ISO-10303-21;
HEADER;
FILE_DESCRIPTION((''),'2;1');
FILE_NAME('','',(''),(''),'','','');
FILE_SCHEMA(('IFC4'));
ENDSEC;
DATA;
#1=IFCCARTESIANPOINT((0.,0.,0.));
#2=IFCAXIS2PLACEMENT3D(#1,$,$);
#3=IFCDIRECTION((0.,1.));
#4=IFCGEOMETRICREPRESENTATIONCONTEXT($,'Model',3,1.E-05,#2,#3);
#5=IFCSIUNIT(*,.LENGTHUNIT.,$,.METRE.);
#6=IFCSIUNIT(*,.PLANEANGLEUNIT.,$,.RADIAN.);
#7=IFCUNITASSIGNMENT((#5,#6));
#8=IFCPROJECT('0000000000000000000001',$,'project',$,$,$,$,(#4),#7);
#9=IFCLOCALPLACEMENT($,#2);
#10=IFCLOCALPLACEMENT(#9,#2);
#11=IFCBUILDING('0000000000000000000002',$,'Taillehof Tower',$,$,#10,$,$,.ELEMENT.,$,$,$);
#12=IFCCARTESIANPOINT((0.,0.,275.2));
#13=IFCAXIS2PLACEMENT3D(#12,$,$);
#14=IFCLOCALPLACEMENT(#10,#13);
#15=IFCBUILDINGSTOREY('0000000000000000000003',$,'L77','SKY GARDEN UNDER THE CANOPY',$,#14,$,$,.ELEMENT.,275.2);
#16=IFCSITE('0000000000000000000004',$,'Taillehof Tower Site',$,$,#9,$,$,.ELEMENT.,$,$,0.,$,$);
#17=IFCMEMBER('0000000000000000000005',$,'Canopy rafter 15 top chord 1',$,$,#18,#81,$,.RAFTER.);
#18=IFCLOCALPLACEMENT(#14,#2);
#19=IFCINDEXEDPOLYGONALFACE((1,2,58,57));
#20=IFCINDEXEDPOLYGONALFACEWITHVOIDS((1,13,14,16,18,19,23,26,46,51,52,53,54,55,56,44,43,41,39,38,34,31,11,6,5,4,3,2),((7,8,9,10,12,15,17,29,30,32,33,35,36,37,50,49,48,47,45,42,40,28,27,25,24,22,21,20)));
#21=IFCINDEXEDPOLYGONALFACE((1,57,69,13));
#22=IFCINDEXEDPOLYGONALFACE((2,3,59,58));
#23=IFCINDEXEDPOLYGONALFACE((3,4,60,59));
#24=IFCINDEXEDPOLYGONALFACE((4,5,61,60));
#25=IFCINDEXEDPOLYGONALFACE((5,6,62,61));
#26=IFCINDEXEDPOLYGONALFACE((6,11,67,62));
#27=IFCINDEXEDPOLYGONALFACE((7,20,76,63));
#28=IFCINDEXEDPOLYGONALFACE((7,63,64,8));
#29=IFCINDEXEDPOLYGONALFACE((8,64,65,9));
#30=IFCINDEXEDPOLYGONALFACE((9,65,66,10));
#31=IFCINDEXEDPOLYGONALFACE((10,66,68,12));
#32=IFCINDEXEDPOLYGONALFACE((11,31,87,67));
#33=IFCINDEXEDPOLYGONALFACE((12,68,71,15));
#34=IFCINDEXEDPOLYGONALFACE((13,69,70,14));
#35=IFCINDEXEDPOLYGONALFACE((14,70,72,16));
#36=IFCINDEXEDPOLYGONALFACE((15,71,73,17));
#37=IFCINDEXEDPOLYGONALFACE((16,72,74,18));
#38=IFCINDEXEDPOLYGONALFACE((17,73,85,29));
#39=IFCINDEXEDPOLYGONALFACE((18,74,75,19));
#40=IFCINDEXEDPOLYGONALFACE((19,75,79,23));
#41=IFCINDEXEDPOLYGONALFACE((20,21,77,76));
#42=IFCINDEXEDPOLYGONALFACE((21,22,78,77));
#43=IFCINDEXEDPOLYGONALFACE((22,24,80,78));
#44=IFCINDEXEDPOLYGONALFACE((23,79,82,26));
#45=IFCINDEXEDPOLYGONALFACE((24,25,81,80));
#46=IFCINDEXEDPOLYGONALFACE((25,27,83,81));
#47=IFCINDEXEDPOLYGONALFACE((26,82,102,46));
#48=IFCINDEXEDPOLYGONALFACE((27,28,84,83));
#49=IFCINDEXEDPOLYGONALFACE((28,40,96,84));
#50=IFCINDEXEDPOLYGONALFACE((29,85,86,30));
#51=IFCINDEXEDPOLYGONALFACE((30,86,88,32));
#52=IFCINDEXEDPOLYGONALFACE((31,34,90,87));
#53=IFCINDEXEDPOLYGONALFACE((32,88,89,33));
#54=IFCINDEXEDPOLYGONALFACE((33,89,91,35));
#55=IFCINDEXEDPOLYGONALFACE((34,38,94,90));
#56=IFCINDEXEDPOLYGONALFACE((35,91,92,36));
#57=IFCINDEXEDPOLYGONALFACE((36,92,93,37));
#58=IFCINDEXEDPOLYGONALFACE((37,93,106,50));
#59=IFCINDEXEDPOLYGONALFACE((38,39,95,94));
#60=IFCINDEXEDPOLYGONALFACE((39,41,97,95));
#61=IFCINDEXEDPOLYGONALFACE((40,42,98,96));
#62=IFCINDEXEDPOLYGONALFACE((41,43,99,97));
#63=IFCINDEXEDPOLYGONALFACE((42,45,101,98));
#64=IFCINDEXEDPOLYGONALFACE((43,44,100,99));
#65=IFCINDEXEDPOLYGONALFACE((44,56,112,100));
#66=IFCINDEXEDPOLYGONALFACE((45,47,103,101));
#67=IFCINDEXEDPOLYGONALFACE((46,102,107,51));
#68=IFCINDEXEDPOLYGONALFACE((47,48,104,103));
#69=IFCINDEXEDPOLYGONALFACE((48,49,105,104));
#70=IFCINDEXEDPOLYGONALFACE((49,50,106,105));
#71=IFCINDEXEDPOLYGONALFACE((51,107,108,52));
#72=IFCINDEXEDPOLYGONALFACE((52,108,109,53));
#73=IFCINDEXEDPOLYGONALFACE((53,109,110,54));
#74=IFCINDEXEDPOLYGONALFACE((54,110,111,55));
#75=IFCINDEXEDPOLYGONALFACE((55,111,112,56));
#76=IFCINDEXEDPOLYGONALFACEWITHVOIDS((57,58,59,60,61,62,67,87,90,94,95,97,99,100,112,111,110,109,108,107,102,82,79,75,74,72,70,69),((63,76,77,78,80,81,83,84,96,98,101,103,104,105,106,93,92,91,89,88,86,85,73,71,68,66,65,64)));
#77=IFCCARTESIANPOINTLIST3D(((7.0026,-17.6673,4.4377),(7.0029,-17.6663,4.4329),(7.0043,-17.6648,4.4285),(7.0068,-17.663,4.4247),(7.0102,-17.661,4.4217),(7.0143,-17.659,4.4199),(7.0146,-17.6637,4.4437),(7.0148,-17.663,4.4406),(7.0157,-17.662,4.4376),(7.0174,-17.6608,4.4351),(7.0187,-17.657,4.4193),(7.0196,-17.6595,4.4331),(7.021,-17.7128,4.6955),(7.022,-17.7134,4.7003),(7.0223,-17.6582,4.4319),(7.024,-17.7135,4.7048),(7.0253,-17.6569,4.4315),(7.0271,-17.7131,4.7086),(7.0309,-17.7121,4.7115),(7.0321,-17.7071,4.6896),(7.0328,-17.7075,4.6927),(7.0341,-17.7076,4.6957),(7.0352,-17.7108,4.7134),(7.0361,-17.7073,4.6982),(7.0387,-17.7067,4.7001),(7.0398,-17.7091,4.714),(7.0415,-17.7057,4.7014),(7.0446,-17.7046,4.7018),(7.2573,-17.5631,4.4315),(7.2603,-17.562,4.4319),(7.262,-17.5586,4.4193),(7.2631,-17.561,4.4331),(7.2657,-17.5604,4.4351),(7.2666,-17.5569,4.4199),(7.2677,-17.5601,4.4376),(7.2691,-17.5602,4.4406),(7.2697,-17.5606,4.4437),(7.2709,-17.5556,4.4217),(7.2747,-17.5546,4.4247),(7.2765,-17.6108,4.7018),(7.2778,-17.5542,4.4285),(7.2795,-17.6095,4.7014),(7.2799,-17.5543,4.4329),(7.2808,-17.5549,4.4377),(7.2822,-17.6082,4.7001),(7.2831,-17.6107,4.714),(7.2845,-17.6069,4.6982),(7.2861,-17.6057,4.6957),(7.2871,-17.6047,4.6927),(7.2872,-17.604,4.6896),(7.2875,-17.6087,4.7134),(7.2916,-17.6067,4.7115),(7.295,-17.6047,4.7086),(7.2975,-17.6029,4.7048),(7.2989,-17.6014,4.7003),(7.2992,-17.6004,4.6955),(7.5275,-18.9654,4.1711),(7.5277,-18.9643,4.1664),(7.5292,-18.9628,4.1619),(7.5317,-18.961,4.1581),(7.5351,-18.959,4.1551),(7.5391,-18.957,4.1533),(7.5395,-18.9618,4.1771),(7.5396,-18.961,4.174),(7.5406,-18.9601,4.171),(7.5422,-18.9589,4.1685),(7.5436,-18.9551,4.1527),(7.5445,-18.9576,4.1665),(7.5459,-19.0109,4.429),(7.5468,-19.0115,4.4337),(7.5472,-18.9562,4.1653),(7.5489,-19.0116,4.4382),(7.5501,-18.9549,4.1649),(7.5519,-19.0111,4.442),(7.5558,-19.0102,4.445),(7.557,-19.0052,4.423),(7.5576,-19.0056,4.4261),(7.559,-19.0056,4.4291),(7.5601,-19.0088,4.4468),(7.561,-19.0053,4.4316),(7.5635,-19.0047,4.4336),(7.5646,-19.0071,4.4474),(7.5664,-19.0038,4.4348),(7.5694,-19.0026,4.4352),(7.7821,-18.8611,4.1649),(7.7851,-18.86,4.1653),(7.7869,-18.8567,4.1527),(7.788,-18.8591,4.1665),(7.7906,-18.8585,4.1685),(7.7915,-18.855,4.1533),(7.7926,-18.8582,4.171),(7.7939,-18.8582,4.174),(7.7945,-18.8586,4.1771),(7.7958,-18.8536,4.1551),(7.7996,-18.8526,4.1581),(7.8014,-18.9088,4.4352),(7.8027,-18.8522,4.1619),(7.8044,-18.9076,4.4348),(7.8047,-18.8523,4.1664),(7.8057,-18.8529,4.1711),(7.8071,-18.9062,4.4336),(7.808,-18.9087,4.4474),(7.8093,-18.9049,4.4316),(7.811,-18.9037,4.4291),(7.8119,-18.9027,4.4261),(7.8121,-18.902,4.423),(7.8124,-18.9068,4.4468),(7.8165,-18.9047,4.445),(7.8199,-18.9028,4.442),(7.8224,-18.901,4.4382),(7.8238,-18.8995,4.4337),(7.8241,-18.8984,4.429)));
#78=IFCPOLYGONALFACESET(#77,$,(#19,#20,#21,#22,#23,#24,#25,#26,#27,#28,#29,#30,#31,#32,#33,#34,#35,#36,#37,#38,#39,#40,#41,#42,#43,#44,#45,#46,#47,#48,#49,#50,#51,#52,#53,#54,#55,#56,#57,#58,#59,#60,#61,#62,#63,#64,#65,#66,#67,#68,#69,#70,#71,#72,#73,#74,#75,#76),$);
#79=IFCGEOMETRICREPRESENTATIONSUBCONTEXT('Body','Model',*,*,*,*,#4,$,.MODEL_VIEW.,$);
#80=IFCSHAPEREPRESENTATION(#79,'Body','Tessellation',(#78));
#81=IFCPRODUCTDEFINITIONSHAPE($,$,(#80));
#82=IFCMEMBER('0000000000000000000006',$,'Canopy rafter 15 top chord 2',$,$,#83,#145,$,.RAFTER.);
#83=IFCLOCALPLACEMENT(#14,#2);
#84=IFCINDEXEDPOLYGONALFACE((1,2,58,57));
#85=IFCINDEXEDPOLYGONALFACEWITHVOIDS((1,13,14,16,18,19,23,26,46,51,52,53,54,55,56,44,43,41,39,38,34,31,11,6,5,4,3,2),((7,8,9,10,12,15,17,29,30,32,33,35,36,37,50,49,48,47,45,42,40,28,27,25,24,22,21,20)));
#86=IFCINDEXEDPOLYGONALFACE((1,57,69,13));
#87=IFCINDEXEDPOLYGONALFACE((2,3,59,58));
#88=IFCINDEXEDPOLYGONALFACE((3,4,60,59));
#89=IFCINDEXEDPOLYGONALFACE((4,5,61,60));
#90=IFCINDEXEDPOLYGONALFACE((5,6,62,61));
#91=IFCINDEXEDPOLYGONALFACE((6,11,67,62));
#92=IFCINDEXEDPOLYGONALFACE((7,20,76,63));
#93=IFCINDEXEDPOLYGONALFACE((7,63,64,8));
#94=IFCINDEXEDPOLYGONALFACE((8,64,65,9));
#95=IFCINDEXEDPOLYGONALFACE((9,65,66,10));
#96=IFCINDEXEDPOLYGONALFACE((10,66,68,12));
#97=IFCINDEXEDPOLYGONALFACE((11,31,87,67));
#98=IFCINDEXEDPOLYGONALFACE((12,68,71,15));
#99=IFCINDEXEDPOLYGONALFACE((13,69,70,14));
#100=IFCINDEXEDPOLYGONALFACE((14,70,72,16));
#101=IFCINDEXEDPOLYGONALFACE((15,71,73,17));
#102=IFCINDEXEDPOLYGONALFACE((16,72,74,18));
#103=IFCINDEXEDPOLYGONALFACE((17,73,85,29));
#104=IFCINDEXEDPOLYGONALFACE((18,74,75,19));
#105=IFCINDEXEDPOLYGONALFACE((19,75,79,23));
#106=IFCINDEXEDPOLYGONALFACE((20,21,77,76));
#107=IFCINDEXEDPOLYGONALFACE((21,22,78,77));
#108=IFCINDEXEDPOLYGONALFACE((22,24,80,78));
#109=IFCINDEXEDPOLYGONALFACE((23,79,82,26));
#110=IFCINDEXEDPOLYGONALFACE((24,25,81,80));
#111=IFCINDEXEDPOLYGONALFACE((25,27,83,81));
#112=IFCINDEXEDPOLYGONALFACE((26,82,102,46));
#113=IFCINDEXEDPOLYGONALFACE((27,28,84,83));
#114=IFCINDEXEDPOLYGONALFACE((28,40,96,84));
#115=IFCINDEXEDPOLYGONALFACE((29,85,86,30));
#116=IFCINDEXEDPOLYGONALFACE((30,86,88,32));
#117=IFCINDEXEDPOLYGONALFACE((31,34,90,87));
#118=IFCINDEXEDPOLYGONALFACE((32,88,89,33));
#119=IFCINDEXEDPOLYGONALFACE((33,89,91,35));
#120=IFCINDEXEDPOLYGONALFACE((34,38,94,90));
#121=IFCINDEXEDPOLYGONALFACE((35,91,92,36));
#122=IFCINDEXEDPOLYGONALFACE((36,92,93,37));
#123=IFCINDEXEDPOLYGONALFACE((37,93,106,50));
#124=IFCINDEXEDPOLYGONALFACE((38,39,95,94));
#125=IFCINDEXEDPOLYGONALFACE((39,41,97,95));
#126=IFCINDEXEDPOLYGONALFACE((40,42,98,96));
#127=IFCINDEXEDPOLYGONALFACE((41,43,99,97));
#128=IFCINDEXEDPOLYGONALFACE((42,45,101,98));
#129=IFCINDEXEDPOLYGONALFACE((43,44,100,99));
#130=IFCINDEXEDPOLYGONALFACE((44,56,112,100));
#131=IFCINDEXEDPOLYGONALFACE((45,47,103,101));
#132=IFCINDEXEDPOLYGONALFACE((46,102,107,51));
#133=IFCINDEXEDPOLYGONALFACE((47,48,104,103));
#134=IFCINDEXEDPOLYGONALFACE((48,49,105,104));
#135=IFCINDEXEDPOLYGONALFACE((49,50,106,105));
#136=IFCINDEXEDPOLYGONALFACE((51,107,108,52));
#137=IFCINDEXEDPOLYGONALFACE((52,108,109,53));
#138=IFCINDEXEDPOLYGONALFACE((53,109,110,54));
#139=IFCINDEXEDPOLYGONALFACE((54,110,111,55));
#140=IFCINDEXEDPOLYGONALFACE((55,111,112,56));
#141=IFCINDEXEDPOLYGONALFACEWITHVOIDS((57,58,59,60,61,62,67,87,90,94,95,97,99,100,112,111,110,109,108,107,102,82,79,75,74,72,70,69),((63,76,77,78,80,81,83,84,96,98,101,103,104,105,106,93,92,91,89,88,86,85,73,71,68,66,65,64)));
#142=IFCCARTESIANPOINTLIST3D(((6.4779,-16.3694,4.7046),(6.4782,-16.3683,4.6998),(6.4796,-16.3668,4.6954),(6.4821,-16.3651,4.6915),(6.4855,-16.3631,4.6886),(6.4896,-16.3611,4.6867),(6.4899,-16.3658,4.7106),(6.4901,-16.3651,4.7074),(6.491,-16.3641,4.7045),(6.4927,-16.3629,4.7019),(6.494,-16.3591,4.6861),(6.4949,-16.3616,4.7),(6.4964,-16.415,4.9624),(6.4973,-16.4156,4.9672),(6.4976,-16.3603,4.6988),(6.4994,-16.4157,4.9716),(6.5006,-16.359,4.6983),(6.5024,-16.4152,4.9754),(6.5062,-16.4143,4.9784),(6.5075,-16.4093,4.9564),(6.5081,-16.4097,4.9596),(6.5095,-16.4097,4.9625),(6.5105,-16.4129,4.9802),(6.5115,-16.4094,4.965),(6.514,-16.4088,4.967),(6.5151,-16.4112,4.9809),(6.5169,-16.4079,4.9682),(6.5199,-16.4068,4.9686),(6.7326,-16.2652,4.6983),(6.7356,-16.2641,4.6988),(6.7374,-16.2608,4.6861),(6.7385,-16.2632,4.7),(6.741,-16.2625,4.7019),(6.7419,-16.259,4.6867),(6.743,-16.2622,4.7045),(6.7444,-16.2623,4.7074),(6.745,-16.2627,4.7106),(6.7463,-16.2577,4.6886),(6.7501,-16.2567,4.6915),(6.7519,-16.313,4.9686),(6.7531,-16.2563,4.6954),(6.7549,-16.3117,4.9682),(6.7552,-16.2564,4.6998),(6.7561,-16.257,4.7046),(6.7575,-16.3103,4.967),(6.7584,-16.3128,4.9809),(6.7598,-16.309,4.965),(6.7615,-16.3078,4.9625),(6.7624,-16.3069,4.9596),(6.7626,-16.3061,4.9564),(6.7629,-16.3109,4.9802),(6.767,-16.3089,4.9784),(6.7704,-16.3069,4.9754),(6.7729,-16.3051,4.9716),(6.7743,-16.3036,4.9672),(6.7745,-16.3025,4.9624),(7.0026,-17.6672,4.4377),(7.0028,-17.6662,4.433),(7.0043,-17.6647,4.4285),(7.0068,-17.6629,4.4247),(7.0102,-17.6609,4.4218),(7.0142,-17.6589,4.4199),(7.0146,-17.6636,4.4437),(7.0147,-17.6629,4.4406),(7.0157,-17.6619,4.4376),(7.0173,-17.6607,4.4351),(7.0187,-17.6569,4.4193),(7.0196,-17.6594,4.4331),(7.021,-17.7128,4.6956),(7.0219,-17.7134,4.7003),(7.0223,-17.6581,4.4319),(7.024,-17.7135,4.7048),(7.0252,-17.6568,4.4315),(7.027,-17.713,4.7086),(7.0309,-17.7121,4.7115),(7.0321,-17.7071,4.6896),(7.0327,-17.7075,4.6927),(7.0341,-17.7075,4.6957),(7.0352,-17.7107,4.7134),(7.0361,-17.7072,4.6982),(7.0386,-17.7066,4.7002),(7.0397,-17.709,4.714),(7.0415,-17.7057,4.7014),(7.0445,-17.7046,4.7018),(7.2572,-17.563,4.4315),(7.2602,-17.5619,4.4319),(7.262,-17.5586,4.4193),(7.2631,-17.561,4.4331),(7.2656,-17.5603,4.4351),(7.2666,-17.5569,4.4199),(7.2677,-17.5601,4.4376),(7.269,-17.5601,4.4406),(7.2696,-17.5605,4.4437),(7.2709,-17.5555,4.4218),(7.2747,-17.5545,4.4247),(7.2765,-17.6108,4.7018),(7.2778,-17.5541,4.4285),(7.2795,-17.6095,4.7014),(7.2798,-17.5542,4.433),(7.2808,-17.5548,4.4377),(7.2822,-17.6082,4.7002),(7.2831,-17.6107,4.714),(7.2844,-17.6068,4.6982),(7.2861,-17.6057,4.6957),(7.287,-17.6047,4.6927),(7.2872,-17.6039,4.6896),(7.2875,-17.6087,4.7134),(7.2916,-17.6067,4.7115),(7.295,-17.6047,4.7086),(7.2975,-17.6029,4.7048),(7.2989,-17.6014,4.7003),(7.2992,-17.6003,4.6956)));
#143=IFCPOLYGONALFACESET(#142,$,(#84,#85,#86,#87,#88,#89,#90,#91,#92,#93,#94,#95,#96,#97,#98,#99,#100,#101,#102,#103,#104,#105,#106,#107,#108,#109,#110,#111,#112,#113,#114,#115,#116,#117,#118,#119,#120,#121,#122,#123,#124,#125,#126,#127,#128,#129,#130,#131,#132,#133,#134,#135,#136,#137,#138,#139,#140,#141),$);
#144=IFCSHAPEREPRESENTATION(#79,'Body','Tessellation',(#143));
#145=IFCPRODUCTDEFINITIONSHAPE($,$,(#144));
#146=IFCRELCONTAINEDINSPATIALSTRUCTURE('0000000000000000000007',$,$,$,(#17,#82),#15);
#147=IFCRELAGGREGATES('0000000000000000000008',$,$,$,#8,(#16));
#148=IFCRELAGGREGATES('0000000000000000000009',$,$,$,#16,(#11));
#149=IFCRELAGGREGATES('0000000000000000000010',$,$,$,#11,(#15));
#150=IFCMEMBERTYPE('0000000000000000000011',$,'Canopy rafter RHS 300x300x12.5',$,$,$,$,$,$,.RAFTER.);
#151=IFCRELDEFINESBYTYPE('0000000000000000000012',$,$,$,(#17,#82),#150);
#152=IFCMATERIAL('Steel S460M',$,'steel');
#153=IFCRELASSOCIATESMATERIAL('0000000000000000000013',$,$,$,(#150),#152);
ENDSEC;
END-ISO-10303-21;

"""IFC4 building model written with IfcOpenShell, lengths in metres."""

from ifc_helpers import new_model, si_unit, direction, frame, origin, origin_2d, place, context, subcontext, project, spatial, hollow_rectangle, extrude, material, material_profile, profile_set, type_object, element, save


model = new_model("IFC4")

# Units and contexts
model_context = context("Model", 3, precision=1e-05, world=origin(), true_north=direction((0.0, 1.0)))
body_context = subcontext(model_context, "Body", "Model", "MODEL_VIEW")
ifc_project = project(units=[si_unit("LENGTHUNIT", "METRE"), si_unit("PLANEANGLEUNIT", "RADIAN")], contexts=[model_context])

# Site, building, storey
site_placement = place(None, origin())
site = spatial("IfcSite", under=ifc_project, at=site_placement, Name="Taillehof Tower Site", CompositionType="ELEMENT", RefElevation=0.0)
building_placement = place(site_placement, origin())
building = spatial("IfcBuilding", under=site, at=building_placement, Name="Taillehof Tower", CompositionType="ELEMENT")
storey_placement = place(building_placement, frame((0.0, 0.0, 275.2)))
storey = spatial("IfcBuildingStorey", under=building, at=storey_placement, Name="L77", Description="SKY GARDEN UNDER THE CANOPY", CompositionType="ELEMENT", Elevation=275.2)

# Members
ifc_material_1 = material(Name="Steel S460M", Category="steel")
ifc_material_profile_1 = material_profile(ifc_material_1, hollow_rectangle(XDim=0.3, YDim=0.3, WallThickness=0.0125, InnerFilletRadius=0.0125, OuterFilletRadius=0.0188, at=origin_2d()), Name="RHS 300x300x12.5")
ifc_profile_set_1 = profile_set([ifc_material_profile_1], Name="Steel S460M")
member_type_1 = type_object("IfcMemberType", Name="Canopy rafter RHS 300x300x12.5", PredefinedType="RAFTER", material=ifc_profile_set_1)
member_1_placement = place(storey_placement, frame((7.6758, -18.9319, 4.3), z_axis=(-0.368259, 0.910714, 0.187042), x_axis=(-0.927075, -0.374875, 0.0)))
element("IfcMember", 1, at=member_1_placement, inside=storey, type_object=member_type_1, Name="Canopy rafter 15 top chord 1", PredefinedType="RAFTER", context=body_context, shape_type="SweptSolid", body=[
    extrude(hollow_rectangle(XDim=0.3, YDim=0.3, WallThickness=0.0125, InnerFilletRadius=0.0125, OuterFilletRadius=0.0188, at=origin_2d()), origin(), (0.0, 0.0, 1.0), 1.4253),
])
for number, where, z_axis, x_axis, name in (
    (2, (7.1509, -17.6338, 4.5667), (-0.368157, 0.910713, 0.187248), (-0.927111, -0.374786, 0.0), "Canopy rafter 15 top chord 2"),
):
    element("IfcMember", number, at=place(storey_placement, frame(where, z_axis=z_axis, x_axis=x_axis)), inside=storey, type_object=member_type_1, Name=name, PredefinedType="RAFTER", context=body_context, shape_type="SweptSolid", body=[
        extrude(hollow_rectangle(XDim=0.3, YDim=0.3, WallThickness=0.0125, InnerFilletRadius=0.0125, OuterFilletRadius=0.0188, at=origin_2d()), origin(), (0.0, 0.0, 1.0), 1.425),
    ])

save(model, "model.ifc")
